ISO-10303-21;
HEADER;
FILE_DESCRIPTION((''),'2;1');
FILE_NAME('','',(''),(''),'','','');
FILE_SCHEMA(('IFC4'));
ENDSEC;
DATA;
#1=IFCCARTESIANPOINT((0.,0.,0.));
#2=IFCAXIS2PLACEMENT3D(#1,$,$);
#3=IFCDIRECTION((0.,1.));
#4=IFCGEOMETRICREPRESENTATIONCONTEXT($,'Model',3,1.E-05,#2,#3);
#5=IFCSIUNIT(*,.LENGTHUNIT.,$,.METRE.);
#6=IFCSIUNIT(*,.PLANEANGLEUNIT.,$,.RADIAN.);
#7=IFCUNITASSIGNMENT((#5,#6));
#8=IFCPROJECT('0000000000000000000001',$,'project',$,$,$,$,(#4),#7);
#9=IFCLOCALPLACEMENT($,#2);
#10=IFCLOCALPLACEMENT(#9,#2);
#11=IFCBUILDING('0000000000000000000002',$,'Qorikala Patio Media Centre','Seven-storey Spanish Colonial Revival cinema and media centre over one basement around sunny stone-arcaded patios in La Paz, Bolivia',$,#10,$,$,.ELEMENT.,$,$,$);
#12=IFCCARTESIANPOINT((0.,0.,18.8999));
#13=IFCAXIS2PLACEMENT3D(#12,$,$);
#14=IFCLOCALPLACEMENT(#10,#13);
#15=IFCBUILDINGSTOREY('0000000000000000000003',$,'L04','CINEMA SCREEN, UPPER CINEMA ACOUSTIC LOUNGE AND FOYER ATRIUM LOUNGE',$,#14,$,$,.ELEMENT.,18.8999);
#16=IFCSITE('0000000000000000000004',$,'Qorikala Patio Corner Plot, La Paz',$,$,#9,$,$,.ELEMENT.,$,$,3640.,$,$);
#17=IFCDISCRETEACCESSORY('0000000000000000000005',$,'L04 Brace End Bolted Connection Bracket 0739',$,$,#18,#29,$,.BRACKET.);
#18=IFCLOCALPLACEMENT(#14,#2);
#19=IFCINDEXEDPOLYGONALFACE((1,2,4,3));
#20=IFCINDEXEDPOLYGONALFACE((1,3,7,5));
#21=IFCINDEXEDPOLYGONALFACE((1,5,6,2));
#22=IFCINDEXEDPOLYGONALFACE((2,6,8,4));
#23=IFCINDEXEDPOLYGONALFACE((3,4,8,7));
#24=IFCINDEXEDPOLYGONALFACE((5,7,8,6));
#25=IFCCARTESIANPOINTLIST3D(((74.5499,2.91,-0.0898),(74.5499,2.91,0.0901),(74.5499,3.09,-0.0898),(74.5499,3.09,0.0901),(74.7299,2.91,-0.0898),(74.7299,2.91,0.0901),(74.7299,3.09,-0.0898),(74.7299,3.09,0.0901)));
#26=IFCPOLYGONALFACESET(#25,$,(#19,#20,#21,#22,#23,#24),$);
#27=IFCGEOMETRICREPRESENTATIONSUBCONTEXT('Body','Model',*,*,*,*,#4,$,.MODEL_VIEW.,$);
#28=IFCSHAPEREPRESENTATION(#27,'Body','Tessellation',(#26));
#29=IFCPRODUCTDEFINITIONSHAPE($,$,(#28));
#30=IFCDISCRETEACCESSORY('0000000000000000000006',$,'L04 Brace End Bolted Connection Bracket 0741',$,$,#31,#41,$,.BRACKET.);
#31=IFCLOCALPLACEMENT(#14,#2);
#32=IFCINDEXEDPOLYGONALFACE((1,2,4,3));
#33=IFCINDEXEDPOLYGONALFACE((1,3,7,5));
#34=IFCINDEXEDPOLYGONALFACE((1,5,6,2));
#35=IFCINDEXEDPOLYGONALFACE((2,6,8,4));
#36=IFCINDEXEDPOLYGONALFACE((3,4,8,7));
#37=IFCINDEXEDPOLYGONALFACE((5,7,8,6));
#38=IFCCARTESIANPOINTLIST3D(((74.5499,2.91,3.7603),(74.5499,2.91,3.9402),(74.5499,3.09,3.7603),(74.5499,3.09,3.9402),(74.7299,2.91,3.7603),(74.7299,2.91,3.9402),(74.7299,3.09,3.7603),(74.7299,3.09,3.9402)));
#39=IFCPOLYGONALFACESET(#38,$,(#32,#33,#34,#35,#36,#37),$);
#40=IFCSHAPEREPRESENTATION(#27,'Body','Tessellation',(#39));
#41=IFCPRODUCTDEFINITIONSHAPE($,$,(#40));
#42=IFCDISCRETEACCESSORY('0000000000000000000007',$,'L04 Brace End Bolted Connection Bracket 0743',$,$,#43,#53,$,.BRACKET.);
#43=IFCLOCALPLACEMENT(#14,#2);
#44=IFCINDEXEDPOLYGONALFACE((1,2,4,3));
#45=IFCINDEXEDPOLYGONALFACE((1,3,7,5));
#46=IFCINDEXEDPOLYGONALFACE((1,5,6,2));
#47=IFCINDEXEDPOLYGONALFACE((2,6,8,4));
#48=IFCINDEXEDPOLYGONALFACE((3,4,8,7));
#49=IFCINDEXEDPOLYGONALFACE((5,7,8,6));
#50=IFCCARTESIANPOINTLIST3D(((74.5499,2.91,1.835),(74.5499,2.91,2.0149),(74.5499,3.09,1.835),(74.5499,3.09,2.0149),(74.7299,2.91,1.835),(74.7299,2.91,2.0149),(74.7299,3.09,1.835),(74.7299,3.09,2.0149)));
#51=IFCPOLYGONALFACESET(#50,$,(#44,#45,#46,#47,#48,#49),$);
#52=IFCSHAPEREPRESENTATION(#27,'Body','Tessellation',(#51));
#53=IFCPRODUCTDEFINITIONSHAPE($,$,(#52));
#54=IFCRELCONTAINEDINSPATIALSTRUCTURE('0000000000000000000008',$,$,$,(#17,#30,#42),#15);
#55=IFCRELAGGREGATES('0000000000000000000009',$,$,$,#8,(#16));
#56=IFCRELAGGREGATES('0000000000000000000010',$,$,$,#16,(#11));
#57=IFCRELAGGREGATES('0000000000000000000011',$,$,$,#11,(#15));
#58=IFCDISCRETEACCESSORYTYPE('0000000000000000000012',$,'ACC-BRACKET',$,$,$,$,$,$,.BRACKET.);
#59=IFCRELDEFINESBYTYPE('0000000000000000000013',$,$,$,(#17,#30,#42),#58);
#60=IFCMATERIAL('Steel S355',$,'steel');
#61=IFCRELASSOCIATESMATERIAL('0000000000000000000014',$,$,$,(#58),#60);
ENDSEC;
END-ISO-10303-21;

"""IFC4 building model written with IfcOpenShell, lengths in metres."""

from ifc_helpers import new_model, si_unit, direction, frame, origin, origin_2d, place, context, subcontext, project, spatial, rectangle, extrude, material, type_object, element, save


model = new_model("IFC4")

# Units and contexts
model_context = context("Model", 3, precision=1e-05, world=origin(), true_north=direction((0.0, 1.0)))
body_context = subcontext(model_context, "Body", "Model", "MODEL_VIEW")
ifc_project = project(units=[si_unit("LENGTHUNIT", "METRE"), si_unit("PLANEANGLEUNIT", "RADIAN")], contexts=[model_context])

# Site, building, storey
site_placement = place(None, origin())
site = spatial("IfcSite", under=ifc_project, at=site_placement, Name="Qorikala Patio Corner Plot, La Paz", CompositionType="ELEMENT", RefElevation=3640.0)
building_placement = place(site_placement, origin())
building = spatial("IfcBuilding", under=site, at=building_placement, Name="Qorikala Patio Media Centre", Description="Seven-storey Spanish Colonial Revival cinema and media centre over one basement around sunny stone-arcaded patios in La Paz, Bolivia", CompositionType="ELEMENT")
storey_placement = place(building_placement, frame((0.0, 0.0, 18.8999)))
storey = spatial("IfcBuildingStorey", under=building, at=storey_placement, Name="L04", Description="CINEMA SCREEN, UPPER CINEMA ACOUSTIC LOUNGE AND FOYER ATRIUM LOUNGE", CompositionType="ELEMENT", Elevation=18.8999)

# Discrete accessories
ifc_material_1 = material(Name="Steel S355", Category="steel")
discrete_accessory_type = type_object("IfcDiscreteAccessoryType", Name="ACC-BRACKET", PredefinedType="BRACKET", material=ifc_material_1)
for number, where, z_axis, x_axis, name in (
    (1, (74.6399, 3.0, -0.0898), (0.0, 0.0, 1.0), (1.0, 0.0, 0.0), "L04 Brace End Bolted Connection Bracket 0739"),
    (2, (74.6399, 3.0, 3.7603), (0.0, 0.0, 1.0), (1.0, 0.0, 0.0), "L04 Brace End Bolted Connection Bracket 0741"),
    (3, (74.6399, 3.0, 1.835), (0.0, 0.0, 1.0), (1.0, 0.0, 0.0), "L04 Brace End Bolted Connection Bracket 0743"),
):
    element("IfcDiscreteAccessory", number, at=place(storey_placement, frame(where, z_axis=z_axis, x_axis=x_axis)), inside=storey, type_object=discrete_accessory_type, Name=name, PredefinedType="BRACKET", context=body_context, shape_type="SweptSolid", body=[
        extrude(rectangle(XDim=0.1799, YDim=0.1799, at=origin_2d()), origin(), (0.0, 0.0, 1.0), 0.1799),
    ])

save(model, "model.ifc")
